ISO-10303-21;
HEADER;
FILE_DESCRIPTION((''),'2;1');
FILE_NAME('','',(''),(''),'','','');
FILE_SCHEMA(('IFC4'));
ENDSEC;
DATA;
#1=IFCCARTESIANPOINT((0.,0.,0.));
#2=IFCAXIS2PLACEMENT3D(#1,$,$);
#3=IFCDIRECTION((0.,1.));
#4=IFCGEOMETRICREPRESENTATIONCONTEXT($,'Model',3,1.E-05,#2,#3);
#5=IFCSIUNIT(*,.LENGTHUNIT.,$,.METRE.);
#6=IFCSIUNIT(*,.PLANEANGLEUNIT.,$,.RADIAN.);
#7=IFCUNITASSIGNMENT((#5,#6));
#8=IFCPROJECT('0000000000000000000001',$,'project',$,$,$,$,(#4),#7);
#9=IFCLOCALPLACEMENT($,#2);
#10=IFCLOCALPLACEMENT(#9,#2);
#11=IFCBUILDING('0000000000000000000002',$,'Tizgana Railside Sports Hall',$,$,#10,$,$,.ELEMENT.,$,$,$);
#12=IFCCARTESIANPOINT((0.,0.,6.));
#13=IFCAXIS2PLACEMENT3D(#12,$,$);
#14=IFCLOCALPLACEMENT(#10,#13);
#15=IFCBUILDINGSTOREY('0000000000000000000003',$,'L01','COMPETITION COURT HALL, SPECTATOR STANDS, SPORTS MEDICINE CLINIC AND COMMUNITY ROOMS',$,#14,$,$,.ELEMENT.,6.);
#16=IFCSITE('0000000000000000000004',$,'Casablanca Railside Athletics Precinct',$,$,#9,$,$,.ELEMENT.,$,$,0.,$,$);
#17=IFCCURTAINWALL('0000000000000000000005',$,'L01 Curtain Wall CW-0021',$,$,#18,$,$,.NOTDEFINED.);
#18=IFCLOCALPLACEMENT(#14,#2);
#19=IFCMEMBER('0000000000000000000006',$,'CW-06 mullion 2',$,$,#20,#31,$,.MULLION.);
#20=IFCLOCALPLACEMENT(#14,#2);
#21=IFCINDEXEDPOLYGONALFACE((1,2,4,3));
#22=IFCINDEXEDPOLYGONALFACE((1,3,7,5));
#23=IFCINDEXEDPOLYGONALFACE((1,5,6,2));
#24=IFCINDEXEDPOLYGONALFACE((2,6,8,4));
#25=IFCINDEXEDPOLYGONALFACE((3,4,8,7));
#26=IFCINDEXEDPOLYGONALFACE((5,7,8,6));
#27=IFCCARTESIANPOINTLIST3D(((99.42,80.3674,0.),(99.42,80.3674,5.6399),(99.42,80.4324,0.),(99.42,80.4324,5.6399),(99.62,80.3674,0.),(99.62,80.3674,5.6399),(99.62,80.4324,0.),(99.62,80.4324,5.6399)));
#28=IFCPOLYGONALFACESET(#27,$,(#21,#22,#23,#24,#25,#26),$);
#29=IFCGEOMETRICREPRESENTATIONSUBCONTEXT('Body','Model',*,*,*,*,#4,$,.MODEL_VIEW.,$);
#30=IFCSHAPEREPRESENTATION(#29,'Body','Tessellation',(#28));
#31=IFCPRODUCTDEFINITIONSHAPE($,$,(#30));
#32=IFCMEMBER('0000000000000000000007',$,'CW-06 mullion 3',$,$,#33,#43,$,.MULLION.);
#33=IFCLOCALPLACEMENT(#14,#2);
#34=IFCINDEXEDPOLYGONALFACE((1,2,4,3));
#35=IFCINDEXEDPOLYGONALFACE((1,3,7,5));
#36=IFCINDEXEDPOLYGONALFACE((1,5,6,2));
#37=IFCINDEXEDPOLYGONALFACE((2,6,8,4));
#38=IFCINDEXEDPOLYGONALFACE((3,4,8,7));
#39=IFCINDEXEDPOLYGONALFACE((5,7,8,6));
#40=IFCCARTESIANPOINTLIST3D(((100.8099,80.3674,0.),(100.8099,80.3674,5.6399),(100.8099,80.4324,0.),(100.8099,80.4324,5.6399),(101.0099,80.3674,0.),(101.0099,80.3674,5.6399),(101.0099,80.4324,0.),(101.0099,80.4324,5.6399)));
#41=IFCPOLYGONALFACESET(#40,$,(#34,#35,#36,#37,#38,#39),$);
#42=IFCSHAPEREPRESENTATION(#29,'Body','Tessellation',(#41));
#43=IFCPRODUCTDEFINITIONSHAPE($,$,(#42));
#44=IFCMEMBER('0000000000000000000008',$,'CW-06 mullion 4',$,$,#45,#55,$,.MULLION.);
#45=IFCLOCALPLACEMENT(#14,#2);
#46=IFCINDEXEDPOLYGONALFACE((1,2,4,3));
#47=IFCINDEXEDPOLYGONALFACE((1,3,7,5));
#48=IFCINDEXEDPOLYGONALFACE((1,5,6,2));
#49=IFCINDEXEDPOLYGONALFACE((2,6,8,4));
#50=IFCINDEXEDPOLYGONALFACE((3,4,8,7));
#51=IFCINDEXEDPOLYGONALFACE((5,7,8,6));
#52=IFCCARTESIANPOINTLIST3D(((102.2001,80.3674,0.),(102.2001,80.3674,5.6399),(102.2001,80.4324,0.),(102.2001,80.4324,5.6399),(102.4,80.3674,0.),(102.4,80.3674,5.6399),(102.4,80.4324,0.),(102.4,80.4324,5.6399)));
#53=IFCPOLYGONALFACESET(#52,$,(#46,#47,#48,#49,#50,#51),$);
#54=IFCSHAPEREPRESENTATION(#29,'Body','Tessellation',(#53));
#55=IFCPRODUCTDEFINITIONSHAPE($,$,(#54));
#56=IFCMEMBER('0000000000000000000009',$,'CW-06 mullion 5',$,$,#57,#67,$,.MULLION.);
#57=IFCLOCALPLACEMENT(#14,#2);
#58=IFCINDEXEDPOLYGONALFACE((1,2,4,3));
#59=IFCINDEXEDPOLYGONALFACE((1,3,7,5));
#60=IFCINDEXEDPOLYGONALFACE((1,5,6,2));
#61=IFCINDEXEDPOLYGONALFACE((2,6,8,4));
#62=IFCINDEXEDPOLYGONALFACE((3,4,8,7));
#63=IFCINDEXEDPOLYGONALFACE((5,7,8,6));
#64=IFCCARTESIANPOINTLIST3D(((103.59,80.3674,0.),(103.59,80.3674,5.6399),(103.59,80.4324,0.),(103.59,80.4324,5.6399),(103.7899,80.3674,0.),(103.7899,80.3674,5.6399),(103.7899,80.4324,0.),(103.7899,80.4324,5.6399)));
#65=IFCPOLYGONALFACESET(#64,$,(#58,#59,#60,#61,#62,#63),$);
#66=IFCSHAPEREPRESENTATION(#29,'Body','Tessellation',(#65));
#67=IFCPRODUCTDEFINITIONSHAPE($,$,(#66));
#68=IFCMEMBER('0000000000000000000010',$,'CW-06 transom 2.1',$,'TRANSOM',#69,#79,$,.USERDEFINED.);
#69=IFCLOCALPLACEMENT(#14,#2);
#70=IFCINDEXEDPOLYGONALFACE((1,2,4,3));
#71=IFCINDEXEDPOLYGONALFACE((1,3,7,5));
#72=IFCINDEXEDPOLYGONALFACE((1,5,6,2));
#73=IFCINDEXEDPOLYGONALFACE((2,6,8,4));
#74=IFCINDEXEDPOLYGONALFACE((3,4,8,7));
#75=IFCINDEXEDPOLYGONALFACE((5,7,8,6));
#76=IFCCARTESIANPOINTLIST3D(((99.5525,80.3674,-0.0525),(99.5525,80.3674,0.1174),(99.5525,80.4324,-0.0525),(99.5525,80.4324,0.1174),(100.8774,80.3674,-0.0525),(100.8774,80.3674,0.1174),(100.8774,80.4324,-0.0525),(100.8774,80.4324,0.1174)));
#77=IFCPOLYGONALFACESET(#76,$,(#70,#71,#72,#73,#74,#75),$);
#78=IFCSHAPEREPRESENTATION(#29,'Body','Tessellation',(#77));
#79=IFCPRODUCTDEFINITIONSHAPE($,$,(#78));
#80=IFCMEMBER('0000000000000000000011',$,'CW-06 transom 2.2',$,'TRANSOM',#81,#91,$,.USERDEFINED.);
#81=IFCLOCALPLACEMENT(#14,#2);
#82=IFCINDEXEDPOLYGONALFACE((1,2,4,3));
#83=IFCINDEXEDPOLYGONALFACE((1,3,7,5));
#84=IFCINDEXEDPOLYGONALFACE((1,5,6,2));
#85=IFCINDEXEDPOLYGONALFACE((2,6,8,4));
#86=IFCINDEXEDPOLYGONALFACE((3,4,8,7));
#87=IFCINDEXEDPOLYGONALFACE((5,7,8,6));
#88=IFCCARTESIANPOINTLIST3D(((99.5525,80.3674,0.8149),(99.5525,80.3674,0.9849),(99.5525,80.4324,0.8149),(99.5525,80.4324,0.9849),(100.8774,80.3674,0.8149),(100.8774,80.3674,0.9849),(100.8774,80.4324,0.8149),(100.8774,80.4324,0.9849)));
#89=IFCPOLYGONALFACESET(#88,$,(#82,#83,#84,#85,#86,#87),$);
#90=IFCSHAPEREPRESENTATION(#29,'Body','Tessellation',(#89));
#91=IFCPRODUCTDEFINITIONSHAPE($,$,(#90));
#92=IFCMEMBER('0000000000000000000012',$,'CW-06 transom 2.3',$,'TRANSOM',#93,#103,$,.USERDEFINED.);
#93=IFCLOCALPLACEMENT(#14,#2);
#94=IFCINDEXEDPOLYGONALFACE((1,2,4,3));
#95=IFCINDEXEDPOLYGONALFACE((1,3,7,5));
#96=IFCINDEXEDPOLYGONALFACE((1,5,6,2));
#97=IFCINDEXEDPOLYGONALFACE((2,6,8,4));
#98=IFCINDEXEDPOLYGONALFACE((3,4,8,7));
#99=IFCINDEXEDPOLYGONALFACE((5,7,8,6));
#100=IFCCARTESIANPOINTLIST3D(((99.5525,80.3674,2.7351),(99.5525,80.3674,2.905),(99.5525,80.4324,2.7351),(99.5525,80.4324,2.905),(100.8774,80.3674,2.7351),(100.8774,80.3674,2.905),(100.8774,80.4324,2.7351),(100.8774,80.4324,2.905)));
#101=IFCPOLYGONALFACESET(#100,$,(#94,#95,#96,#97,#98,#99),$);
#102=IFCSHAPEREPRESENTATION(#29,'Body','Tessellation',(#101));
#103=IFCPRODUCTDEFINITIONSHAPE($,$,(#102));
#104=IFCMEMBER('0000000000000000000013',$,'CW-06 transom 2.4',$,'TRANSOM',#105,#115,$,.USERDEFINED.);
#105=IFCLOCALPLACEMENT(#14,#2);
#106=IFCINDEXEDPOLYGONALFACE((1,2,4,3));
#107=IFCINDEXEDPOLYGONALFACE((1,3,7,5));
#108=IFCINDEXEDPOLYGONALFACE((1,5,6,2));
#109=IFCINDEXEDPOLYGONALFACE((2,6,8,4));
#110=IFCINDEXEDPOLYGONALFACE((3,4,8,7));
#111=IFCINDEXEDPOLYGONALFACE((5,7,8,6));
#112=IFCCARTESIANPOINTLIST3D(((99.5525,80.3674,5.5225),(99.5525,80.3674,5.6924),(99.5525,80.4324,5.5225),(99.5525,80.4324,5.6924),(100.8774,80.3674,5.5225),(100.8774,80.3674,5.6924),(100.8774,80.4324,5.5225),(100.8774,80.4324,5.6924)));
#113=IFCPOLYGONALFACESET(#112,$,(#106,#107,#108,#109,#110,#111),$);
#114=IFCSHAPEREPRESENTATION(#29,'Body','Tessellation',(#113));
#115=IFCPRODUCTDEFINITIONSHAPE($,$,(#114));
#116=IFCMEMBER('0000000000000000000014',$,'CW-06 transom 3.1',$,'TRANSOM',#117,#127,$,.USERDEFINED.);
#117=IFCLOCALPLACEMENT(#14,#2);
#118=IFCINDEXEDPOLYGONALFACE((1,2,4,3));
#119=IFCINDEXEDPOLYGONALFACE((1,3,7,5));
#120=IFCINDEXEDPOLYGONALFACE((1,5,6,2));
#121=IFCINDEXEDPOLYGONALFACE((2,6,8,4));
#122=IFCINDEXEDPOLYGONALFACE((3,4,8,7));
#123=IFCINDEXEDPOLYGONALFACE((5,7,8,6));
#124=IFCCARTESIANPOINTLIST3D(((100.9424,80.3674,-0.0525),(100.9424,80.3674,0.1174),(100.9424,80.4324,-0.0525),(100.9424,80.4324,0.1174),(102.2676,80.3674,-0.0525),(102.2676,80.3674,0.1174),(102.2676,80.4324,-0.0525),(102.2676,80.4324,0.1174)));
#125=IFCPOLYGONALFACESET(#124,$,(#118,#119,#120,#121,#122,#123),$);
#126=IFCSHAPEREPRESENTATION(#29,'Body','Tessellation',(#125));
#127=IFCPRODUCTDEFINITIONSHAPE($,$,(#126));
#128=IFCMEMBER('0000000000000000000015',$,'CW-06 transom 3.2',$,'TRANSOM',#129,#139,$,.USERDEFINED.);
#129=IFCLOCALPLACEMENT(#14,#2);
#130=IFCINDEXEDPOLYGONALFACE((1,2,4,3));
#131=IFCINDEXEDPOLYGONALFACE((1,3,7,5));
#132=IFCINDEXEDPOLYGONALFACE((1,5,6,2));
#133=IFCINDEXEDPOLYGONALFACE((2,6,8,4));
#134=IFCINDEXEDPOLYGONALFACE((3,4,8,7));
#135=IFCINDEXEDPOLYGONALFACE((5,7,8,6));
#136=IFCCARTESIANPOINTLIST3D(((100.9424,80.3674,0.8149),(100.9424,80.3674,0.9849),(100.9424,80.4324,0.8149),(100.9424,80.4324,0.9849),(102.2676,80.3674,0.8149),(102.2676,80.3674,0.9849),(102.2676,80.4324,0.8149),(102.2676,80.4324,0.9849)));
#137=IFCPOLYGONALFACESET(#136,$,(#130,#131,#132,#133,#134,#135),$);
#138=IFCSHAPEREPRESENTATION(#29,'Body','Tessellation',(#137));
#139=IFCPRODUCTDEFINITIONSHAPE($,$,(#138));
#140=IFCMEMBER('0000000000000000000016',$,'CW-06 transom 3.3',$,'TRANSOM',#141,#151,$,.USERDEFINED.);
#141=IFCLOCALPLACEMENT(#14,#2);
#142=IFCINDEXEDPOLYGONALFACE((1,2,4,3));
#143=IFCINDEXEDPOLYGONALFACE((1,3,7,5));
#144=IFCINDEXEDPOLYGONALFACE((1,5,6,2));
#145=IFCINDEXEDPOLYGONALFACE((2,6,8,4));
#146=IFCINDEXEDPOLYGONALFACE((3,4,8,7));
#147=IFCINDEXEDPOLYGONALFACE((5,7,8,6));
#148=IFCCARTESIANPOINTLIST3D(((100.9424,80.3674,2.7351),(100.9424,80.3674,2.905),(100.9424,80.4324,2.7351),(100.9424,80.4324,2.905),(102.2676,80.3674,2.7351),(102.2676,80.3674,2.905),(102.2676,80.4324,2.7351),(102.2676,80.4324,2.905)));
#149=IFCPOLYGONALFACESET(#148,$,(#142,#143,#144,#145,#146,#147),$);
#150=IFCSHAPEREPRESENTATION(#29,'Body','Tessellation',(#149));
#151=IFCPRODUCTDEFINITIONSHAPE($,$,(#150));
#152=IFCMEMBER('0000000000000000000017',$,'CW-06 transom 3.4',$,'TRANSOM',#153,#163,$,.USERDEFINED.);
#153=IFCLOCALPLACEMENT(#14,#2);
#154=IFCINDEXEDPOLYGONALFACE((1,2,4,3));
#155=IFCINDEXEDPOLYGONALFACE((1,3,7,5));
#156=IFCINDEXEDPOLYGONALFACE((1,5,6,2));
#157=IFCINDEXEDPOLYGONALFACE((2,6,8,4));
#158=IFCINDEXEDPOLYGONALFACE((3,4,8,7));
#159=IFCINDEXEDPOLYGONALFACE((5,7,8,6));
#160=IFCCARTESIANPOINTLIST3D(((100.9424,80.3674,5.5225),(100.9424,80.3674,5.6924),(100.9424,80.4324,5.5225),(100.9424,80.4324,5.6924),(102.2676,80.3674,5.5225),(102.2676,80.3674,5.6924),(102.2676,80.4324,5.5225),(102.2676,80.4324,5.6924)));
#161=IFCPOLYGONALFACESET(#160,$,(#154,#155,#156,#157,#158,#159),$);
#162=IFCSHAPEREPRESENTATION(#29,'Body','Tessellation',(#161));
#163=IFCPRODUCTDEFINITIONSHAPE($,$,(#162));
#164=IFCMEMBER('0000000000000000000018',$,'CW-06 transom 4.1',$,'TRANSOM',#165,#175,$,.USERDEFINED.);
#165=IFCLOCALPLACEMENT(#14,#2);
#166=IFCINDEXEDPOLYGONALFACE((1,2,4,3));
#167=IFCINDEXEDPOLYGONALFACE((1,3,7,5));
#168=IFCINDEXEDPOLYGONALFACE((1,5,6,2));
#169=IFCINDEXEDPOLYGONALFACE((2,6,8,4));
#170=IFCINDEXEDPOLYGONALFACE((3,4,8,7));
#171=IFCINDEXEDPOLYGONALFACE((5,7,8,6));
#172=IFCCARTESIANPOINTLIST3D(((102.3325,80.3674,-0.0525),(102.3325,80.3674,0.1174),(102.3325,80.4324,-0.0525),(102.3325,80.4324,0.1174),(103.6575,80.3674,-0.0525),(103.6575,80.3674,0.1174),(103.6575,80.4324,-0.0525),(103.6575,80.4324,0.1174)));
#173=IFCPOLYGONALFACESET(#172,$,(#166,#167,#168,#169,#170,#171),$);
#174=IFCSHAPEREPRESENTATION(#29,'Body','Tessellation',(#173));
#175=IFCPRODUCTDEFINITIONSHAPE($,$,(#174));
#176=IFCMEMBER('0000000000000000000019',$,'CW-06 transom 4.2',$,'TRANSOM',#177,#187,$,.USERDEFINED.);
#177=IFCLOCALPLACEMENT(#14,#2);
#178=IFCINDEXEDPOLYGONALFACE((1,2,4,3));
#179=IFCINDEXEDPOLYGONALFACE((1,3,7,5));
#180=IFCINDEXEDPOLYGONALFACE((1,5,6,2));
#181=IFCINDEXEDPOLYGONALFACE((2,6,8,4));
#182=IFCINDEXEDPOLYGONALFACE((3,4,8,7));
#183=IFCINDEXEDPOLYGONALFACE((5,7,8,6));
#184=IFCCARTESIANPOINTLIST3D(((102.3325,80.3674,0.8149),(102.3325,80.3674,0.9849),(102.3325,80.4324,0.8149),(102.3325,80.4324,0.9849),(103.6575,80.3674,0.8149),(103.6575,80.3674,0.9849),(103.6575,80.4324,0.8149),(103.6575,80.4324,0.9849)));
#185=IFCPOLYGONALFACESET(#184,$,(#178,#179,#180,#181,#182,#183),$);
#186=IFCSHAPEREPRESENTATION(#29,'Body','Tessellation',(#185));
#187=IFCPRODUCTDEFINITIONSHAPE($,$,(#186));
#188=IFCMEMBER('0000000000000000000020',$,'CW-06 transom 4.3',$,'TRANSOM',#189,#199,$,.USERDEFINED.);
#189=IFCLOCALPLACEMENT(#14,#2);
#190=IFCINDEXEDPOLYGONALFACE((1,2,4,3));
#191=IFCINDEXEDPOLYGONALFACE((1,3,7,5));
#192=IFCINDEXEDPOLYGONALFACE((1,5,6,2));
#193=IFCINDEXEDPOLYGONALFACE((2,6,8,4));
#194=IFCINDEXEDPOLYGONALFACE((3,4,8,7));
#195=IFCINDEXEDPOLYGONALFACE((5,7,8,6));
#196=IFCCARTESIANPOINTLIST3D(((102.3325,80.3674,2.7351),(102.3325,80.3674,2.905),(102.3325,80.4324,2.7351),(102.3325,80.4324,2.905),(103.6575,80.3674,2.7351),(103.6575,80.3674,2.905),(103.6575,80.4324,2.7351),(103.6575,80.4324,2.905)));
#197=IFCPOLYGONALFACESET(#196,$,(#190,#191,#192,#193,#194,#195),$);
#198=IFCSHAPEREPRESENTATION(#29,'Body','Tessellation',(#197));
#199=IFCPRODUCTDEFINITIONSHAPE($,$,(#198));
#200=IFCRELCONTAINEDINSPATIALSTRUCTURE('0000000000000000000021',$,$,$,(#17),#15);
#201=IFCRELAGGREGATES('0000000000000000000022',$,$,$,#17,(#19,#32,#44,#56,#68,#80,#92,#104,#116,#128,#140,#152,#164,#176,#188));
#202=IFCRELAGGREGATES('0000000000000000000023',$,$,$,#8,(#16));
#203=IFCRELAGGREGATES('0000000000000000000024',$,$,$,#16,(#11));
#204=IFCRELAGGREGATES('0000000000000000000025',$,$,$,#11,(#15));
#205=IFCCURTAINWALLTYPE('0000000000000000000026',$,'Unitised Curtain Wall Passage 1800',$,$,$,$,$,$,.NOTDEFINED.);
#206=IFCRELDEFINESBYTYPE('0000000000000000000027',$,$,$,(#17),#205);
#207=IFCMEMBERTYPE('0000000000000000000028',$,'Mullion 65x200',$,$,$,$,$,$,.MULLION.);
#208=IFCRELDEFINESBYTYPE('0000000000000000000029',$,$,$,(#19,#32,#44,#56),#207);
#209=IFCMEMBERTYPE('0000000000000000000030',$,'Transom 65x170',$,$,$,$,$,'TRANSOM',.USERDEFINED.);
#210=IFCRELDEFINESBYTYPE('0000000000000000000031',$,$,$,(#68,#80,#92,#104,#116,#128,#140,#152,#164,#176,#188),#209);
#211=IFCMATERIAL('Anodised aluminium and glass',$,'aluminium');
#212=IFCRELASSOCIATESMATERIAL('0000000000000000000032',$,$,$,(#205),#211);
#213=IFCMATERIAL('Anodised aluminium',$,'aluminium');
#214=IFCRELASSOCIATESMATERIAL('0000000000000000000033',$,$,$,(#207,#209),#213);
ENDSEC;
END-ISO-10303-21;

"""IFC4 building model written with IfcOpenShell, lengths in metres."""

from ifc_helpers import new_model, si_unit, direction, frame, origin, origin_2d, place, context, subcontext, project, spatial, rectangle, extrude, material, material_profile, profile_set, type_object, element, aggregate, save


model = new_model("IFC4")

# Units and contexts
model_context = context("Model", 3, precision=1e-05, world=origin(), true_north=direction((0.0, 1.0)))
body_context = subcontext(model_context, "Body", "Model", "MODEL_VIEW")
ifc_project = project(units=[si_unit("LENGTHUNIT", "METRE"), si_unit("PLANEANGLEUNIT", "RADIAN")], contexts=[model_context])

# Site, building, storey
site_placement = place(None, origin())
site = spatial("IfcSite", under=ifc_project, at=site_placement, Name="Casablanca Railside Athletics Precinct", CompositionType="ELEMENT", RefElevation=0.0)
building_placement = place(site_placement, origin())
building = spatial("IfcBuilding", under=site, at=building_placement, Name="Tizgana Railside Sports Hall", CompositionType="ELEMENT")
storey_placement = place(building_placement, frame((0.0, 0.0, 6.0)))
storey = spatial("IfcBuildingStorey", under=building, at=storey_placement, Name="L01", Description="COMPETITION COURT HALL, SPECTATOR STANDS, SPORTS MEDICINE CLINIC AND COMMUNITY ROOMS", CompositionType="ELEMENT", Elevation=6.0)

# Curtain wall, members
ifc_material_1 = material(Name="Anodised aluminium and glass", Category="aluminium")
curtain_wall_type = type_object("IfcCurtainWallType", Name="Unitised Curtain Wall Passage 1800", PredefinedType="NOTDEFINED", material=ifc_material_1)
curtain_wall_placement = place(storey_placement, origin())
curtain_wall = element("IfcCurtainWall", 1, at=curtain_wall_placement, inside=storey, type_object=curtain_wall_type, Name="L01 Curtain Wall CW-0021", PredefinedType="NOTDEFINED")
ifc_material_2 = material(Name="Anodised aluminium", Category="aluminium")
ifc_material_profile_1 = material_profile(ifc_material_2, rectangle(XDim=0.0649, YDim=0.2, at=origin_2d()), Name="Mullion 65x200")
ifc_profile_set_1 = profile_set([ifc_material_profile_1], Name="Anodised aluminium")
member_type_1 = type_object("IfcMemberType", Name="Mullion 65x200", PredefinedType="MULLION", material=ifc_profile_set_1)
member_1_placement = place(storey_placement, frame((99.52, 80.3999, 0.0), z_axis=(0.0, 0.0, 1.0), x_axis=(0.0, 1.0, 0.0)))
member_1 = element("IfcMember", 2, at=member_1_placement, type_object=member_type_1, Name="CW-06 mullion 2", PredefinedType="MULLION", context=body_context, shape_type="SweptSolid", body=[
    extrude(rectangle(XDim=0.0649, YDim=0.2, at=origin_2d()), origin(), (0.0, 0.0, 1.0), 5.6399),
])
member_2_placement = place(storey_placement, frame((100.9099, 80.3999, 0.0), z_axis=(0.0, 0.0, 1.0), x_axis=(0.0, 1.0, 0.0)))
member_2 = element("IfcMember", 3, at=member_2_placement, type_object=member_type_1, Name="CW-06 mullion 3", PredefinedType="MULLION", context=body_context, shape_type="SweptSolid", body=[
    extrude(rectangle(XDim=0.0649, YDim=0.2, at=origin_2d()), origin(), (0.0, 0.0, 1.0), 5.6399),
])
member_3_placement = place(storey_placement, frame((102.3, 80.3999, 0.0), z_axis=(0.0, 0.0, 1.0), x_axis=(0.0, 1.0, 0.0)))
member_3 = element("IfcMember", 4, at=member_3_placement, type_object=member_type_1, Name="CW-06 mullion 4", PredefinedType="MULLION", context=body_context, shape_type="SweptSolid", body=[
    extrude(rectangle(XDim=0.0649, YDim=0.2, at=origin_2d()), origin(), (0.0, 0.0, 1.0), 5.6399),
])
member_4_placement = place(storey_placement, frame((103.6899, 80.3999, 0.0), z_axis=(0.0, 0.0, 1.0), x_axis=(0.0, 1.0, 0.0)))
member_4 = element("IfcMember", 5, at=member_4_placement, type_object=member_type_1, Name="CW-06 mullion 5", PredefinedType="MULLION", context=body_context, shape_type="SweptSolid", body=[
    extrude(rectangle(XDim=0.0649, YDim=0.2, at=origin_2d()), origin(), (0.0, 0.0, 1.0), 5.6399),
])
ifc_material_profile_2 = material_profile(ifc_material_2, rectangle(XDim=0.0649, YDim=0.1699, at=origin_2d()), Name="Transom 65x170")
ifc_profile_set_2 = profile_set([ifc_material_profile_2], Name="Anodised aluminium")
member_type_2 = type_object("IfcMemberType", Name="Transom 65x170", ElementType="TRANSOM", PredefinedType="USERDEFINED", material=ifc_profile_set_2)
member_5_placement = place(storey_placement, frame((99.5525, 80.3999, 0.0325), z_axis=(1.0, 0.0, 0.0), x_axis=(0.0, 1.0, 0.0)))
member_5 = element("IfcMember", 6, at=member_5_placement, type_object=member_type_2, Name="CW-06 transom 2.1", ObjectType="TRANSOM", PredefinedType="USERDEFINED", context=body_context, shape_type="SweptSolid", body=[
    extrude(rectangle(XDim=0.0649, YDim=0.1699, at=origin_2d()), origin(), (0.0, 0.0, 1.0), 1.325),
])
member_6_placement = place(storey_placement, frame((99.5525, 80.3999, 0.8999), z_axis=(1.0, 0.0, 0.0), x_axis=(0.0, 1.0, 0.0)))
member_6 = element("IfcMember", 7, at=member_6_placement, type_object=member_type_2, Name="CW-06 transom 2.2", ObjectType="TRANSOM", PredefinedType="USERDEFINED", context=body_context, shape_type="SweptSolid", body=[
    extrude(rectangle(XDim=0.0649, YDim=0.1699, at=origin_2d()), origin(), (0.0, 0.0, 1.0), 1.325),
])
member_7_placement = place(storey_placement, frame((99.5525, 80.3999, 2.8201), z_axis=(1.0, 0.0, 0.0), x_axis=(0.0, 1.0, 0.0)))
member_7 = element("IfcMember", 8, at=member_7_placement, type_object=member_type_2, Name="CW-06 transom 2.3", ObjectType="TRANSOM", PredefinedType="USERDEFINED", context=body_context, shape_type="SweptSolid", body=[
    extrude(rectangle(XDim=0.0649, YDim=0.1699, at=origin_2d()), origin(), (0.0, 0.0, 1.0), 1.325),
])
member_8_placement = place(storey_placement, frame((99.5525, 80.3999, 5.6074), z_axis=(1.0, 0.0, 0.0), x_axis=(0.0, 1.0, 0.0)))
member_8 = element("IfcMember", 9, at=member_8_placement, type_object=member_type_2, Name="CW-06 transom 2.4", ObjectType="TRANSOM", PredefinedType="USERDEFINED", context=body_context, shape_type="SweptSolid", body=[
    extrude(rectangle(XDim=0.0649, YDim=0.1699, at=origin_2d()), origin(), (0.0, 0.0, 1.0), 1.325),
])
member_9_placement = place(storey_placement, frame((100.9424, 80.3999, 0.0325), z_axis=(1.0, 0.0, 0.0), x_axis=(0.0, 1.0, 0.0)))
member_9 = element("IfcMember", 10, at=member_9_placement, type_object=member_type_2, Name="CW-06 transom 3.1", ObjectType="TRANSOM", PredefinedType="USERDEFINED", context=body_context, shape_type="SweptSolid", body=[
    extrude(rectangle(XDim=0.0649, YDim=0.1699, at=origin_2d()), origin(), (0.0, 0.0, 1.0), 1.3252),
])
member_10_placement = place(storey_placement, frame((100.9424, 80.3999, 0.8999), z_axis=(1.0, 0.0, 0.0), x_axis=(0.0, 1.0, 0.0)))
member_10 = element("IfcMember", 11, at=member_10_placement, type_object=member_type_2, Name="CW-06 transom 3.2", ObjectType="TRANSOM", PredefinedType="USERDEFINED", context=body_context, shape_type="SweptSolid", body=[
    extrude(rectangle(XDim=0.0649, YDim=0.1699, at=origin_2d()), origin(), (0.0, 0.0, 1.0), 1.3252),
])
member_11_placement = place(storey_placement, frame((100.9424, 80.3999, 2.8201), z_axis=(1.0, 0.0, 0.0), x_axis=(0.0, 1.0, 0.0)))
member_11 = element("IfcMember", 12, at=member_11_placement, type_object=member_type_2, Name="CW-06 transom 3.3", ObjectType="TRANSOM", PredefinedType="USERDEFINED", context=body_context, shape_type="SweptSolid", body=[
    extrude(rectangle(XDim=0.0649, YDim=0.1699, at=origin_2d()), origin(), (0.0, 0.0, 1.0), 1.3252),
])
member_12_placement = place(storey_placement, frame((100.9424, 80.3999, 5.6074), z_axis=(1.0, 0.0, 0.0), x_axis=(0.0, 1.0, 0.0)))
member_12 = element("IfcMember", 13, at=member_12_placement, type_object=member_type_2, Name="CW-06 transom 3.4", ObjectType="TRANSOM", PredefinedType="USERDEFINED", context=body_context, shape_type="SweptSolid", body=[
    extrude(rectangle(XDim=0.0649, YDim=0.1699, at=origin_2d()), origin(), (0.0, 0.0, 1.0), 1.3252),
])
member_13_placement = place(storey_placement, frame((102.3325, 80.3999, 0.0325), z_axis=(1.0, 0.0, 0.0), x_axis=(0.0, 1.0, 0.0)))
member_13 = element("IfcMember", 14, at=member_13_placement, type_object=member_type_2, Name="CW-06 transom 4.1", ObjectType="TRANSOM", PredefinedType="USERDEFINED", context=body_context, shape_type="SweptSolid", body=[
    extrude(rectangle(XDim=0.0649, YDim=0.1699, at=origin_2d()), origin(), (0.0, 0.0, 1.0), 1.325),
])
member_14_placement = place(storey_placement, frame((102.3325, 80.3999, 0.8999), z_axis=(1.0, 0.0, 0.0), x_axis=(0.0, 1.0, 0.0)))
member_14 = element("IfcMember", 15, at=member_14_placement, type_object=member_type_2, Name="CW-06 transom 4.2", ObjectType="TRANSOM", PredefinedType="USERDEFINED", context=body_context, shape_type="SweptSolid", body=[
    extrude(rectangle(XDim=0.0649, YDim=0.1699, at=origin_2d()), origin(), (0.0, 0.0, 1.0), 1.325),
])
member_15_placement = place(storey_placement, frame((102.3325, 80.3999, 2.8201), z_axis=(1.0, 0.0, 0.0), x_axis=(0.0, 1.0, 0.0)))
member_15 = element("IfcMember", 16, at=member_15_placement, type_object=member_type_2, Name="CW-06 transom 4.3", ObjectType="TRANSOM", PredefinedType="USERDEFINED", context=body_context, shape_type="SweptSolid", body=[
    extrude(rectangle(XDim=0.0649, YDim=0.1699, at=origin_2d()), origin(), (0.0, 0.0, 1.0), 1.325),
])
aggregate(curtain_wall, [member_1, member_2, member_3, member_4, member_5, member_6, member_7, member_8, member_9, member_10, member_11, member_12, member_13, member_14, member_15])

save(model, "model.ifc")
